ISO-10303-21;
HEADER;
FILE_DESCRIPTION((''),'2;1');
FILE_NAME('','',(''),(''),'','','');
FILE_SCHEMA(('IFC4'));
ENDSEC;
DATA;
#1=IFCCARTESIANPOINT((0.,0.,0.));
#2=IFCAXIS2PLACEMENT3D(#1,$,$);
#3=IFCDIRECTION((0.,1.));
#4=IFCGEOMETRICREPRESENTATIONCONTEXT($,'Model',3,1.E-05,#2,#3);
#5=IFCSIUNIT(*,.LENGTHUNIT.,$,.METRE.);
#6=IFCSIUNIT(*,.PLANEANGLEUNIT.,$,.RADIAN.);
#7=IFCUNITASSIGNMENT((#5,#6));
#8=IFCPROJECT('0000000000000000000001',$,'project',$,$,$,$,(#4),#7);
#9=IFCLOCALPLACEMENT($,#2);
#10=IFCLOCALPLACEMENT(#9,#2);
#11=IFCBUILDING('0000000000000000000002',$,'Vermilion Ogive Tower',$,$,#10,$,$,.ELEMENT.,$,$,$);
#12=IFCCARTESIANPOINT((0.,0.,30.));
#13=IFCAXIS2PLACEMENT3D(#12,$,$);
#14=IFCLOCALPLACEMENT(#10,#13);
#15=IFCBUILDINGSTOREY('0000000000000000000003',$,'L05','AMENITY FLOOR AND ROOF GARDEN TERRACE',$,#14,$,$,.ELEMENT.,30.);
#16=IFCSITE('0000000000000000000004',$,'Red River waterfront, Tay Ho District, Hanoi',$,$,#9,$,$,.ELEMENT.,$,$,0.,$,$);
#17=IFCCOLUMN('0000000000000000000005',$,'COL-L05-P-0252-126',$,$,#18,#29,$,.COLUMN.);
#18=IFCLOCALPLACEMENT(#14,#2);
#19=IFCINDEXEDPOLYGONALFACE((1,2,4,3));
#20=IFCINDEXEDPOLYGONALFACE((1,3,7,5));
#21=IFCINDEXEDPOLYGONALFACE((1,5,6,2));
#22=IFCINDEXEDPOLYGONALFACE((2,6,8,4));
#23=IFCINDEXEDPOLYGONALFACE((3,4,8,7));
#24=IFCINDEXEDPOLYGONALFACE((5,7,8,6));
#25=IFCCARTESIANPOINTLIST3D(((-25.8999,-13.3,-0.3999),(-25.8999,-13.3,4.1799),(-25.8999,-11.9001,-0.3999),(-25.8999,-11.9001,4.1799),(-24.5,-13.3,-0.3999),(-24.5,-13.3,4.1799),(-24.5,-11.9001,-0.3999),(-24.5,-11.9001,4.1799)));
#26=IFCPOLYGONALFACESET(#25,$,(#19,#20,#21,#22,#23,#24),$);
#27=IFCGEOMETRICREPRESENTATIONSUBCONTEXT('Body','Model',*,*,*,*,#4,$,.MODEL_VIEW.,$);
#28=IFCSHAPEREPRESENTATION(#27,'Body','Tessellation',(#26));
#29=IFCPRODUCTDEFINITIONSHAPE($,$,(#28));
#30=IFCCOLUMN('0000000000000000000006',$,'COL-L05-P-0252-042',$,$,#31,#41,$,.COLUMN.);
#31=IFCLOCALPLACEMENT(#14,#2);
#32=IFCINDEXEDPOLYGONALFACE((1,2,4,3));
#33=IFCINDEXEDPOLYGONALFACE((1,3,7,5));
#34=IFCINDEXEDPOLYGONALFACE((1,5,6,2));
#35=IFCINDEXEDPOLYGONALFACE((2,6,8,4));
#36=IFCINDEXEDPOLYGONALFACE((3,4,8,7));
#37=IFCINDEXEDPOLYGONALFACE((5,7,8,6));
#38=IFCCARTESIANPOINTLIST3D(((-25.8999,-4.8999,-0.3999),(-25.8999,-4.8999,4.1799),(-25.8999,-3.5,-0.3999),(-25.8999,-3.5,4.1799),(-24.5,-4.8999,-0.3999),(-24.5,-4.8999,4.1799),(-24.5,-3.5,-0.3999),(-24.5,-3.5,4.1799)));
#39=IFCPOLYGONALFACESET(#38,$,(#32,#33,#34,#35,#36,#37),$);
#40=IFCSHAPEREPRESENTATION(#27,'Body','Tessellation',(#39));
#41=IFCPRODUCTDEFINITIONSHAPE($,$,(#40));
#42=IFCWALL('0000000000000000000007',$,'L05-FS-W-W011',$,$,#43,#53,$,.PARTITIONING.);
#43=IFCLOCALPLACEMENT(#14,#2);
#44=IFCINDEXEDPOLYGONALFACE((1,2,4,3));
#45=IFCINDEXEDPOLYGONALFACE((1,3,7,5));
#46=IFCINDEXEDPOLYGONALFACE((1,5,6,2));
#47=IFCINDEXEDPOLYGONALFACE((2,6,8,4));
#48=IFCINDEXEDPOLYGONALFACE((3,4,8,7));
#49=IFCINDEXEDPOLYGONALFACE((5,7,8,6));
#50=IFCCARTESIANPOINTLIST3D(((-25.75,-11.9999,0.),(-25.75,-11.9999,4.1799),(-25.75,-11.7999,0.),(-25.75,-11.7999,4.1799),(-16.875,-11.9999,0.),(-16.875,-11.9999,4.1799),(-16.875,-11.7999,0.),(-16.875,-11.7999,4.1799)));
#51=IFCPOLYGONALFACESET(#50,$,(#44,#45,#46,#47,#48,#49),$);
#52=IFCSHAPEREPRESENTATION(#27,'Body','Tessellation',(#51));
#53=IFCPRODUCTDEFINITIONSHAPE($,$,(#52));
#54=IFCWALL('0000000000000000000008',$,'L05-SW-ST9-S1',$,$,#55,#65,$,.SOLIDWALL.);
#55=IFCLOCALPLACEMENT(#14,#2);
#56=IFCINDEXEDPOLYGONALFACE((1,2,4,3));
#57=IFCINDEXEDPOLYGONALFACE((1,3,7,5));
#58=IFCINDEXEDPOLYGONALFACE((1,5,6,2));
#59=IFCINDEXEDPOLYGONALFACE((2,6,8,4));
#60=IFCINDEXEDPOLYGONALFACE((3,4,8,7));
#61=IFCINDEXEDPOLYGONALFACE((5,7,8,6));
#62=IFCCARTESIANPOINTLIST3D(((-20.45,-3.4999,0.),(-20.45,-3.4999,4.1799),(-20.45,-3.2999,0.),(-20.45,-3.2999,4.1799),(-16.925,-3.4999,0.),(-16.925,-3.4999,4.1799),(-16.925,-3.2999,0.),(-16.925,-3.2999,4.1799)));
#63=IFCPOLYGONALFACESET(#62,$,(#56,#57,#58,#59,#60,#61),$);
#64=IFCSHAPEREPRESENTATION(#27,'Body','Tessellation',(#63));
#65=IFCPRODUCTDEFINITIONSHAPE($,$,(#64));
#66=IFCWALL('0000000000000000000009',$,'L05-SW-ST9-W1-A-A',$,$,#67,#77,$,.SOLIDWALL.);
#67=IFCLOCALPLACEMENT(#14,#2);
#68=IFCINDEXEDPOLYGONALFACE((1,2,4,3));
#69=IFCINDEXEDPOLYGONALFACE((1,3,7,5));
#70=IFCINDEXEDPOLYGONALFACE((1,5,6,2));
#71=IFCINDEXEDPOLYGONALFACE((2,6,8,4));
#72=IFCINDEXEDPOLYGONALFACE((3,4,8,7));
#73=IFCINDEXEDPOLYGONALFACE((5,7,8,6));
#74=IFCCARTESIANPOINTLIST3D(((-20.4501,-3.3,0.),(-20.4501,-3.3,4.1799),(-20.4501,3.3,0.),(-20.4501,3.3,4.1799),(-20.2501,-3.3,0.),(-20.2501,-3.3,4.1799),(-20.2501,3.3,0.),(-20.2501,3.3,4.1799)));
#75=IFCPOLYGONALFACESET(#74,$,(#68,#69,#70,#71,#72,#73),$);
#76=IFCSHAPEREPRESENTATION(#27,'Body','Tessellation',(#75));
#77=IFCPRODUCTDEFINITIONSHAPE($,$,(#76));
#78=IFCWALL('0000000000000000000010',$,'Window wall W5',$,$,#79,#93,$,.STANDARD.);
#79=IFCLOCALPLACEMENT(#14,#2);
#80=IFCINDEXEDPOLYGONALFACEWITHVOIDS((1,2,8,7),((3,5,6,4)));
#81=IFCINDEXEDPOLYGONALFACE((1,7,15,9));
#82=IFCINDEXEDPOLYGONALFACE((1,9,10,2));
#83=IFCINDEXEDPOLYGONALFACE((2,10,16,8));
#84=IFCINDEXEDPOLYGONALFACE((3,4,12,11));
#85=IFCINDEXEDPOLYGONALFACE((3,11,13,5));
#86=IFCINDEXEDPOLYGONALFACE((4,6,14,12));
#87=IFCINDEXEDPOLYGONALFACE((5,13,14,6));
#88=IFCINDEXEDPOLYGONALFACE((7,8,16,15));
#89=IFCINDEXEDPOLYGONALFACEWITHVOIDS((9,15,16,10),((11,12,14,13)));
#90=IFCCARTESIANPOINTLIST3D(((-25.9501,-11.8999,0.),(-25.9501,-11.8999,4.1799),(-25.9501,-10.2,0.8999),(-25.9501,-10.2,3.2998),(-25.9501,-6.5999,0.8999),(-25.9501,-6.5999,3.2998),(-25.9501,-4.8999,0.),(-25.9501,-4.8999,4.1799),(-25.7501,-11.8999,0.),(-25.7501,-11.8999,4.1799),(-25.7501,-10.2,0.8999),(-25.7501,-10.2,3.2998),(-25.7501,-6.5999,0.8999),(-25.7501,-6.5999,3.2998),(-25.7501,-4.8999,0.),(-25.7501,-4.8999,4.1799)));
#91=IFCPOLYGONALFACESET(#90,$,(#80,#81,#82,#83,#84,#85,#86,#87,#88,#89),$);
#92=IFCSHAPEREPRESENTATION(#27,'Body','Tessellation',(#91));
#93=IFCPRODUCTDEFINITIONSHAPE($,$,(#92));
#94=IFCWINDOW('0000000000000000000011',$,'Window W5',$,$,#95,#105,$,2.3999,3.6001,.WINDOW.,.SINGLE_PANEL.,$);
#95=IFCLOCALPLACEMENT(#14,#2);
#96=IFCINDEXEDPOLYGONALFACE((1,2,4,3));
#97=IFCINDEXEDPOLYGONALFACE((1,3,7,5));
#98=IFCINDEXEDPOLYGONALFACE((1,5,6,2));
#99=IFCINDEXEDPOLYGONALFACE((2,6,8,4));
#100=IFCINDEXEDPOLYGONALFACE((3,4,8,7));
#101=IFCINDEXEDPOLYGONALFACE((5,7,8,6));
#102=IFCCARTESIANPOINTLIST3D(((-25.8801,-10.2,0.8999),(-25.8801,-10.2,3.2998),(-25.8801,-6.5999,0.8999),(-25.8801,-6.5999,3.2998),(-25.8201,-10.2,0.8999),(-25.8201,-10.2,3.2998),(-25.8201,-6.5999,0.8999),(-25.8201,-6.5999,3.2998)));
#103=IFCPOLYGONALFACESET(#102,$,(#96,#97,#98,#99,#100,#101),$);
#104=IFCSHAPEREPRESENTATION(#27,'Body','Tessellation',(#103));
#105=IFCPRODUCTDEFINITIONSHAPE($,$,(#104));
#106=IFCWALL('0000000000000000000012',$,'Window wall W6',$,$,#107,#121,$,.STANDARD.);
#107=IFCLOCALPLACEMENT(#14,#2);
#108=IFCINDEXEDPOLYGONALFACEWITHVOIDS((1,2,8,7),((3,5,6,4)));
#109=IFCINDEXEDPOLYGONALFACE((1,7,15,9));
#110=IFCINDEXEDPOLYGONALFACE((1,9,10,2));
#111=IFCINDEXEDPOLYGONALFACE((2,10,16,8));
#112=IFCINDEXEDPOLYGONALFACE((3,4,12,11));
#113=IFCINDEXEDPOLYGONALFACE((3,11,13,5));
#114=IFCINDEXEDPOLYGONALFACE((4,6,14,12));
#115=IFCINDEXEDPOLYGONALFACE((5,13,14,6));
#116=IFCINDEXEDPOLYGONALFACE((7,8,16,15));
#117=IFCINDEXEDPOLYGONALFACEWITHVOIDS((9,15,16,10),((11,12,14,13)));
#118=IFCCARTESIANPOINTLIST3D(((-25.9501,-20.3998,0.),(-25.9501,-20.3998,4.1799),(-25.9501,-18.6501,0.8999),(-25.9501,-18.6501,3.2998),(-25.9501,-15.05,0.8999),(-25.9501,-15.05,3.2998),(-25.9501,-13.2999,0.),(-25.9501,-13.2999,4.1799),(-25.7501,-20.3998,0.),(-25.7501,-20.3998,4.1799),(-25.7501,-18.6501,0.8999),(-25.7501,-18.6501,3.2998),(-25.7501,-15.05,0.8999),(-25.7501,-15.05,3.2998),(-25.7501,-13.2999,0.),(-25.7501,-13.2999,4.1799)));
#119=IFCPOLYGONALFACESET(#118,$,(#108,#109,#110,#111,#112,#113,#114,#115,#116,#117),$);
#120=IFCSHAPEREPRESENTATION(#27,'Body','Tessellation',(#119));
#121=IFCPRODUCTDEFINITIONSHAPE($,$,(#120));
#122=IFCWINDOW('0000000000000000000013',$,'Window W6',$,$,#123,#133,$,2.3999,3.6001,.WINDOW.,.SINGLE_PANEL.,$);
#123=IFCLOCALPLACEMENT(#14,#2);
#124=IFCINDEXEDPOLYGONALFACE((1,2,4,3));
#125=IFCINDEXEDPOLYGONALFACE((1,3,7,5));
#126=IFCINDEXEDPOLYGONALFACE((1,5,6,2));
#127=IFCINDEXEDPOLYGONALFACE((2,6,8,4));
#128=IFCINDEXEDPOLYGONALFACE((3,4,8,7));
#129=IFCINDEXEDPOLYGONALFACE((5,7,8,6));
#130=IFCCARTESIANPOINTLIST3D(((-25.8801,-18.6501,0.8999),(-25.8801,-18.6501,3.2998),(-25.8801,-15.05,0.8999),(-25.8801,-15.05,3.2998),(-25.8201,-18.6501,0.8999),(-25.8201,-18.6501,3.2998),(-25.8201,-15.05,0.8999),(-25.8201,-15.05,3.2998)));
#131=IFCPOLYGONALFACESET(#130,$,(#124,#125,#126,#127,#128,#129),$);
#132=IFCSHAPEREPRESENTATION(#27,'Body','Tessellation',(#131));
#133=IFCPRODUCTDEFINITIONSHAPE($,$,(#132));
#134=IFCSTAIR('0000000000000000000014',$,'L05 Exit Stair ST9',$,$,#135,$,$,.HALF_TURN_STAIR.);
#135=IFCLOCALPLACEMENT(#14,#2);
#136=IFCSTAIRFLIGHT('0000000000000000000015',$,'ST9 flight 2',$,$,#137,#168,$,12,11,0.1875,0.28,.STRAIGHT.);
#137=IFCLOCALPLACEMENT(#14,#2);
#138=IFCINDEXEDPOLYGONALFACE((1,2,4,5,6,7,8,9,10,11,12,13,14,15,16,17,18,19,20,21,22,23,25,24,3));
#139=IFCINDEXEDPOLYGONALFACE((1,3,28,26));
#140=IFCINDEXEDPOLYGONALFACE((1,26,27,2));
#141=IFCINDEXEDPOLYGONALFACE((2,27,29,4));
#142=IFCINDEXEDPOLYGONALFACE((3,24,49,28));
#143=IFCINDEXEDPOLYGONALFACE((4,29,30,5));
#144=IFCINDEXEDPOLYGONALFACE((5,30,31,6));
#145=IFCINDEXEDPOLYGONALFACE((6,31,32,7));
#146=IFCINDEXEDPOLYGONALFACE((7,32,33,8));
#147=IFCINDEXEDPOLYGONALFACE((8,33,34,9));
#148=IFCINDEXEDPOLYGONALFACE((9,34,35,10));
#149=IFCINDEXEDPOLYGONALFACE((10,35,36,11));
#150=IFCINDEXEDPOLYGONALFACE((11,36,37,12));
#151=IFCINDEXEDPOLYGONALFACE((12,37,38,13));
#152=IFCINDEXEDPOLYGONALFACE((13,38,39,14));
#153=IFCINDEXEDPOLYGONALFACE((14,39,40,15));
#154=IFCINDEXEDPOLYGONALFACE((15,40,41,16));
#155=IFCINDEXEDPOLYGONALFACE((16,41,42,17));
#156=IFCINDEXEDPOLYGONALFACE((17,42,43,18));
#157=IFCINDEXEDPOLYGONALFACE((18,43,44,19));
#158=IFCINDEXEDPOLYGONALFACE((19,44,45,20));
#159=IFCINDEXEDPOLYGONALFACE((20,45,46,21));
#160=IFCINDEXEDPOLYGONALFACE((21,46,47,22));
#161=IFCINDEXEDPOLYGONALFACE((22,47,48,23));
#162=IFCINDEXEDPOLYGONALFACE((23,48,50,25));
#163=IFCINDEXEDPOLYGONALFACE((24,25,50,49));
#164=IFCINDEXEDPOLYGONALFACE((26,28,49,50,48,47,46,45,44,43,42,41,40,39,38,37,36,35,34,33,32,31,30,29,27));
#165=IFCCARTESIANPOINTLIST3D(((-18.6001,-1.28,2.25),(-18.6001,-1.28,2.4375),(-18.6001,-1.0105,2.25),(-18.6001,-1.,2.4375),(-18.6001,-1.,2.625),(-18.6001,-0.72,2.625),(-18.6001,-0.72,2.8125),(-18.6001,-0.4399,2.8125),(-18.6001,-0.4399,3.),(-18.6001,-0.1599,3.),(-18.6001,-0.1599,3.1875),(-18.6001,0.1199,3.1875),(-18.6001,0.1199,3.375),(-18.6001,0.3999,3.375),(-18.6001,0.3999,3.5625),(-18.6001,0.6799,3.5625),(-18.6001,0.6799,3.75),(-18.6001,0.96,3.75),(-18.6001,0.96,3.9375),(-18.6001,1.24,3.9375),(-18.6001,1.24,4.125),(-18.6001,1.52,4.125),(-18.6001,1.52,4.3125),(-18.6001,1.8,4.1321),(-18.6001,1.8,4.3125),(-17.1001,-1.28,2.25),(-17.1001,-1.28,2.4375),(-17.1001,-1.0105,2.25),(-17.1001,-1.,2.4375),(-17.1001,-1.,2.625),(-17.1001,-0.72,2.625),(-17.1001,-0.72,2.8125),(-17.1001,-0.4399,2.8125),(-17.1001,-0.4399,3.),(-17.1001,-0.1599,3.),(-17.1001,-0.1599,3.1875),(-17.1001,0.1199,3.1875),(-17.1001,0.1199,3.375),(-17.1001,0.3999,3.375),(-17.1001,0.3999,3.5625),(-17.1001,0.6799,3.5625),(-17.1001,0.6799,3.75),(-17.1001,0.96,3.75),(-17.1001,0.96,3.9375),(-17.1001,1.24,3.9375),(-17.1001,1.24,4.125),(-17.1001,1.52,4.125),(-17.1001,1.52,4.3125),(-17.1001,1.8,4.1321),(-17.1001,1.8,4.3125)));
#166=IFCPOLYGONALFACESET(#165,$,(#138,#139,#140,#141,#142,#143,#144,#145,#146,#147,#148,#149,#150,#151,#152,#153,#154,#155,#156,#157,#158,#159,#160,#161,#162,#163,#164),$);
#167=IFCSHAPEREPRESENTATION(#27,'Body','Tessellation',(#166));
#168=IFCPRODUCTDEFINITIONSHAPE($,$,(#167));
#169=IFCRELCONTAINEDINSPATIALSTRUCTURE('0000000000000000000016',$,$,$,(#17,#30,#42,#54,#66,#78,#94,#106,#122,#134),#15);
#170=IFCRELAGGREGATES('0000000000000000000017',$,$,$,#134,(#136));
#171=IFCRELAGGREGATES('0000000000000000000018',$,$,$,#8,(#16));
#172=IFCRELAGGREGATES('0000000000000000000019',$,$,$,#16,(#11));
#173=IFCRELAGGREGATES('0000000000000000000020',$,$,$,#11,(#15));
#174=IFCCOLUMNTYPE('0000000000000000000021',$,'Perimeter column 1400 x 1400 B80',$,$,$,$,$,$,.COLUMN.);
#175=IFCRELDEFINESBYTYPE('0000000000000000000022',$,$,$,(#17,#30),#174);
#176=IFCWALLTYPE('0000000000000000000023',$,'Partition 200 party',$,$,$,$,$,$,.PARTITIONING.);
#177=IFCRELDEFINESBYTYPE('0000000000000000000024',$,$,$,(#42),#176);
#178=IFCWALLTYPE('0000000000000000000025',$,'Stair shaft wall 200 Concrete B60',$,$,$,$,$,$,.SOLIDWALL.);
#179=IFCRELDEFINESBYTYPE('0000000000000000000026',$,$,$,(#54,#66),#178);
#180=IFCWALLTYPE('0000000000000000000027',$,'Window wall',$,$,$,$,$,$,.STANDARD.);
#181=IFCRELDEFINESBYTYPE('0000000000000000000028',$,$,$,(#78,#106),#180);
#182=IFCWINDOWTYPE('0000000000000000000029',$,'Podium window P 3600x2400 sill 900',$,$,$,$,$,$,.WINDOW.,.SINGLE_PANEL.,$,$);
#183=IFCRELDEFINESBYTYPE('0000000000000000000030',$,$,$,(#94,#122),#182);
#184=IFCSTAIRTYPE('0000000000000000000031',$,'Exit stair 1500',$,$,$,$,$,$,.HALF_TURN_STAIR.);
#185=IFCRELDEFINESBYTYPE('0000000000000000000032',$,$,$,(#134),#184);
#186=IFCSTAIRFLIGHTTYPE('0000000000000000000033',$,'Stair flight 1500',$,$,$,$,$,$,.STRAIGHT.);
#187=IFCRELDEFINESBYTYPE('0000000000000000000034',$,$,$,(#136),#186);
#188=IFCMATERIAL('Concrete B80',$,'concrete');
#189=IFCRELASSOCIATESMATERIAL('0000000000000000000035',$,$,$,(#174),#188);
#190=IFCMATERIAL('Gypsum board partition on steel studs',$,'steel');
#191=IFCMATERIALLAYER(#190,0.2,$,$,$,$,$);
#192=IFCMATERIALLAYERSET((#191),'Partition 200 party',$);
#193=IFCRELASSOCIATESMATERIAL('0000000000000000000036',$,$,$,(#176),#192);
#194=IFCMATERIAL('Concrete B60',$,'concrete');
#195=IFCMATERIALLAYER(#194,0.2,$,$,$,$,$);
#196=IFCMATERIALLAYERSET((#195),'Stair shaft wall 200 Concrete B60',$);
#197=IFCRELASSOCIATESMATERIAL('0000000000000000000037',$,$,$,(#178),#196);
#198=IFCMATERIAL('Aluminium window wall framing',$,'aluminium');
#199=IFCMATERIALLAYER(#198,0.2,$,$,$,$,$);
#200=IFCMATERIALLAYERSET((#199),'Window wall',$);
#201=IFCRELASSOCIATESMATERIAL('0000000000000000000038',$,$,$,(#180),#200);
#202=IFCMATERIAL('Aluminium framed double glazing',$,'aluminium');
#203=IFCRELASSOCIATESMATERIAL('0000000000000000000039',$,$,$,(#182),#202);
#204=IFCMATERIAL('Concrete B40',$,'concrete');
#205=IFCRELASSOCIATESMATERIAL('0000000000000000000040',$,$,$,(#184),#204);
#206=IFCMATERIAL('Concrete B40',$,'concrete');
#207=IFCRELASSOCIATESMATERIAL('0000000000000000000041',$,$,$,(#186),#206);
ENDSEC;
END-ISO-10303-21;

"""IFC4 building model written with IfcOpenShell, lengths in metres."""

from ifc_helpers import new_model, si_unit, direction, frame, frame_2d, origin, origin_2d, place, context, subcontext, project, spatial, polyline, rectangle, outline, extrude, material, layer, layer_set, material_profile, profile_set, type_object, element, fill, aggregate, save


model = new_model("IFC4")

# Units and contexts
model_context = context("Model", 3, precision=1e-05, world=origin(), true_north=direction((0.0, 1.0)))
body_context = subcontext(model_context, "Body", "Model", "MODEL_VIEW")
ifc_project = project(units=[si_unit("LENGTHUNIT", "METRE"), si_unit("PLANEANGLEUNIT", "RADIAN")], contexts=[model_context])

# Site, building, storey
site_placement = place(None, origin())
site = spatial("IfcSite", under=ifc_project, at=site_placement, Name="Red River waterfront, Tay Ho District, Hanoi", CompositionType="ELEMENT", RefElevation=0.0)
building_placement = place(site_placement, origin())
building = spatial("IfcBuilding", under=site, at=building_placement, Name="Vermilion Ogive Tower", CompositionType="ELEMENT")
storey_placement = place(building_placement, frame((0.0, 0.0, 30.0)))
storey = spatial("IfcBuildingStorey", under=building, at=storey_placement, Name="L05", Description="AMENITY FLOOR AND ROOF GARDEN TERRACE", CompositionType="ELEMENT", Elevation=30.0)

# Columns
ifc_material_1 = material(Name="Concrete B80", Category="concrete")
ifc_material_profile = material_profile(ifc_material_1, rectangle(XDim=1.3999, YDim=1.3999, at=origin_2d()), Name="1400 x 1400")
ifc_profile_set = profile_set([ifc_material_profile], Name="Concrete B80")
column_type = type_object("IfcColumnType", Name="Perimeter column 1400 x 1400 B80", PredefinedType="COLUMN", material=ifc_profile_set)
for number, where, z_axis, x_axis, name in (
    (1, (-25.2, -12.6001, -0.3999), (0.0, 0.0, 1.0), (1.0, 0.0, 0.0), "COL-L05-P-0252-126"),
    (2, (-25.2, -4.2, -0.3999), (0.0, 0.0, 1.0), (1.0, 0.0, 0.0), "COL-L05-P-0252-042"),
):
    element("IfcColumn", number, at=place(storey_placement, frame(where, z_axis=z_axis, x_axis=x_axis)), inside=storey, type_object=column_type, Name=name, PredefinedType="COLUMN", context=body_context, shape_type="SweptSolid", body=[
        extrude(rectangle(XDim=1.3999, YDim=1.3999, at=origin_2d()), origin(), (0.0, 0.0, 1.0), 4.5798),
    ])

# Walls
ifc_material_2 = material(Name="Gypsum board partition on steel studs", Category="steel")
ifc_layer_1 = layer(ifc_material_2, 0.2)
ifc_layer_set_1 = layer_set([ifc_layer_1], Name="Partition 200 party")
wall_type_1 = type_object("IfcWallType", Name="Partition 200 party", PredefinedType="PARTITIONING", material=ifc_layer_set_1)
wall_1_placement = place(storey_placement, frame((-25.75, -11.8999, 0.0), z_axis=(0.0, 0.0, 1.0), x_axis=(1.0, 0.0, 0.0)))
element("IfcWall", 3, at=wall_1_placement, inside=storey, type_object=wall_type_1, Name="L05-FS-W-W011", PredefinedType="PARTITIONING", context=body_context, shape_type="SweptSolid", body=[
    extrude(rectangle(XDim=8.875, YDim=0.2, at=frame_2d((4.4375, 0.0))), origin(), (0.0, 0.0, 1.0), 4.1799),
])
ifc_material_3 = material(Name="Concrete B60", Category="concrete")
ifc_layer_2 = layer(ifc_material_3, 0.2)
ifc_layer_set_2 = layer_set([ifc_layer_2], Name="Stair shaft wall 200 Concrete B60")
wall_type_2 = type_object("IfcWallType", Name="Stair shaft wall 200 Concrete B60", PredefinedType="SOLIDWALL", material=ifc_layer_set_2)
wall_2_placement = place(storey_placement, frame((-20.45, -3.3999, 0.0), z_axis=(0.0, 0.0, 1.0), x_axis=(1.0, 0.0, 0.0)))
element("IfcWall", 4, at=wall_2_placement, inside=storey, type_object=wall_type_2, Name="L05-SW-ST9-S1", PredefinedType="SOLIDWALL", context=body_context, shape_type="SweptSolid", body=[
    extrude(rectangle(XDim=3.5249, YDim=0.2, at=frame_2d((1.7625, 0.0))), origin(), (0.0, 0.0, 1.0), 4.1799),
])
wall_3_placement = place(storey_placement, frame((-20.3501, -3.3, 0.0), z_axis=(0.0, 0.0, 1.0), x_axis=(0.0, 1.0, 0.0)))
element("IfcWall", 5, at=wall_3_placement, inside=storey, type_object=wall_type_2, Name="L05-SW-ST9-W1-A-A", PredefinedType="SOLIDWALL", context=body_context, shape_type="SweptSolid", body=[
    extrude(rectangle(XDim=6.6001, YDim=0.2, at=frame_2d((3.3, 0.0))), origin(), (0.0, 0.0, 1.0), 4.1799),
])

# Walls, openings, windows
ifc_material_4 = material(Name="Aluminium window wall framing", Category="aluminium")
ifc_layer_3 = layer(ifc_material_4, 0.2)
ifc_layer_set_3 = layer_set([ifc_layer_3], Name="Window wall")
wall_type_3 = type_object("IfcWallType", Name="Window wall", PredefinedType="STANDARD", material=ifc_layer_set_3)
wall_4_placement = place(storey_placement, frame((-25.8501, -4.8999, 0.0), z_axis=(0.0, 0.0, 1.0), x_axis=(0.0, -1.0, 0.0)))
wall_4 = element("IfcWall", 6, at=wall_4_placement, inside=storey, type_object=wall_type_3, Name="Window wall W5", PredefinedType="STANDARD", context=body_context, shape_type="SweptSolid", body=[
    extrude(rectangle(XDim=7.0, YDim=0.2, at=frame_2d((3.5, 0.0))), origin(), (0.0, 0.0, 1.0), 4.1799),
])
opening_1_placement = place(wall_4_placement, frame((1.7, 0.0, 0.8999)))
opening_1 = element("IfcOpeningElement", 7, at=opening_1_placement, cuts=wall_4, PredefinedType="OPENING", context=body_context, shape_type="SweptSolid", body=[
    extrude(rectangle(XDim=3.6001, YDim=2.3999, at=frame_2d((1.8, 1.2))), frame((0.0, 0.1099, 0.0), z_axis=(0.0, -1.0, 0.0), x_axis=(1.0, 0.0, 0.0)), (0.0, 0.0, 1.0), 0.22),
])
ifc_material_5 = material(Name="Aluminium framed double glazing", Category="aluminium")
window_type = type_object("IfcWindowType", Name="Podium window P 3600x2400 sill 900", PartitioningType="SINGLE_PANEL", PredefinedType="WINDOW", material=ifc_material_5)
window_1_placement = place(opening_1_placement, origin())
window_1 = element("IfcWindow", 8, at=window_1_placement, inside=storey, type_object=window_type, Name="Window W5", OverallHeight=2.3999, OverallWidth=3.6001, PartitioningType="SINGLE_PANEL", PredefinedType="WINDOW", context=body_context, shape_type="SweptSolid", body=[
    extrude(rectangle(XDim=3.6001, YDim=2.3999, at=frame_2d((1.8, 1.2))), frame((0.0, 0.03, 0.0), z_axis=(0.0, -1.0, 0.0), x_axis=(1.0, 0.0, 0.0)), (0.0, 0.0, 1.0), 0.0601),
])
fill(opening_1, window_1)
wall_5_placement = place(storey_placement, frame((-25.8501, -13.3, 0.0), z_axis=(0.0, 0.0, 1.0), x_axis=(0.0, -1.0, 0.0)))
wall_5 = element("IfcWall", 9, at=wall_5_placement, inside=storey, type_object=wall_type_3, Name="Window wall W6", PredefinedType="STANDARD", context=body_context, shape_type="SweptSolid", body=[
    extrude(rectangle(XDim=7.0999, YDim=0.2, at=frame_2d((3.5498, 0.0))), origin(), (0.0, 0.0, 1.0), 4.1799),
])
opening_2_placement = place(wall_5_placement, frame((1.75, 0.0, 0.8999)))
opening_2 = element("IfcOpeningElement", 10, at=opening_2_placement, cuts=wall_5, PredefinedType="OPENING", context=body_context, shape_type="SweptSolid", body=[
    extrude(rectangle(XDim=3.6001, YDim=2.3999, at=frame_2d((1.8, 1.2))), frame((0.0, 0.1099, 0.0), z_axis=(0.0, -1.0, 0.0), x_axis=(1.0, 0.0, 0.0)), (0.0, 0.0, 1.0), 0.22),
])
window_2_placement = place(opening_2_placement, origin())
window_2 = element("IfcWindow", 11, at=window_2_placement, inside=storey, type_object=window_type, Name="Window W6", OverallHeight=2.3999, OverallWidth=3.6001, PartitioningType="SINGLE_PANEL", PredefinedType="WINDOW", context=body_context, shape_type="SweptSolid", body=[
    extrude(rectangle(XDim=3.6001, YDim=2.3999, at=frame_2d((1.8, 1.2))), frame((0.0, 0.03, 0.0), z_axis=(0.0, -1.0, 0.0), x_axis=(1.0, 0.0, 0.0)), (0.0, 0.0, 1.0), 0.0601),
])
fill(opening_2, window_2)

# Stair, stair flight
ifc_material_6 = material(Name="Concrete B40", Category="concrete")
stair_type = type_object("IfcStairType", Name="Exit stair 1500", PredefinedType="HALF_TURN_STAIR", material=ifc_material_6)
stair_placement = place(storey_placement, origin())
stair = element("IfcStair", 12, at=stair_placement, inside=storey, type_object=stair_type, Name="L05 Exit Stair ST9", PredefinedType="HALF_TURN_STAIR")
ifc_material_7 = material(Name="Concrete B40", Category="concrete")
stair_flight_type = type_object("IfcStairFlightType", Name="Stair flight 1500", PredefinedType="STRAIGHT", material=ifc_material_7)
stair_flight_placement = place(storey_placement, frame((-17.8501, -1.28, 2.25), z_axis=(0.0, 0.0, 1.0), x_axis=(0.0, 1.0, 0.0)))
stair_flight = element("IfcStairFlight", 13, at=stair_flight_placement, type_object=stair_flight_type, Name="ST9 flight 2", NumberOfRisers=12, NumberOfTreads=11, PredefinedType="STRAIGHT", RiserHeight=0.1875, TreadLength=0.28, context=body_context, shape_type="SweptSolid", body=[
    extrude(outline(polyline([(0.0, 0.0), (0.0, 0.1875), (0.28, 0.1875), (0.28, 0.375), (0.5601, 0.375), (0.5601, 0.5625), (0.8401, 0.5625), (0.8401, 0.75), (1.1201, 0.75), (1.1201, 0.9375), (1.3999, 0.9375), (1.3999, 1.125), (1.6799, 1.125), (1.6799, 1.3125), (1.96, 1.3125), (1.96, 1.5), (2.24, 1.5), (2.24, 1.6875), (2.52, 1.6875), (2.52, 1.875), (2.8, 1.875), (2.8, 2.0625), (3.0801, 2.0625), (3.0801, 2.25), (3.0801, 1.8821), (0.2695, 0.0), (0.0, 0.0)])), frame((0.0, 0.75, 0.0), z_axis=(0.0, -1.0, 0.0), x_axis=(1.0, 0.0, 0.0)), (0.0, 0.0, 1.0), 1.5),
])
aggregate(stair, [stair_flight])

save(model, "model.ifc")
